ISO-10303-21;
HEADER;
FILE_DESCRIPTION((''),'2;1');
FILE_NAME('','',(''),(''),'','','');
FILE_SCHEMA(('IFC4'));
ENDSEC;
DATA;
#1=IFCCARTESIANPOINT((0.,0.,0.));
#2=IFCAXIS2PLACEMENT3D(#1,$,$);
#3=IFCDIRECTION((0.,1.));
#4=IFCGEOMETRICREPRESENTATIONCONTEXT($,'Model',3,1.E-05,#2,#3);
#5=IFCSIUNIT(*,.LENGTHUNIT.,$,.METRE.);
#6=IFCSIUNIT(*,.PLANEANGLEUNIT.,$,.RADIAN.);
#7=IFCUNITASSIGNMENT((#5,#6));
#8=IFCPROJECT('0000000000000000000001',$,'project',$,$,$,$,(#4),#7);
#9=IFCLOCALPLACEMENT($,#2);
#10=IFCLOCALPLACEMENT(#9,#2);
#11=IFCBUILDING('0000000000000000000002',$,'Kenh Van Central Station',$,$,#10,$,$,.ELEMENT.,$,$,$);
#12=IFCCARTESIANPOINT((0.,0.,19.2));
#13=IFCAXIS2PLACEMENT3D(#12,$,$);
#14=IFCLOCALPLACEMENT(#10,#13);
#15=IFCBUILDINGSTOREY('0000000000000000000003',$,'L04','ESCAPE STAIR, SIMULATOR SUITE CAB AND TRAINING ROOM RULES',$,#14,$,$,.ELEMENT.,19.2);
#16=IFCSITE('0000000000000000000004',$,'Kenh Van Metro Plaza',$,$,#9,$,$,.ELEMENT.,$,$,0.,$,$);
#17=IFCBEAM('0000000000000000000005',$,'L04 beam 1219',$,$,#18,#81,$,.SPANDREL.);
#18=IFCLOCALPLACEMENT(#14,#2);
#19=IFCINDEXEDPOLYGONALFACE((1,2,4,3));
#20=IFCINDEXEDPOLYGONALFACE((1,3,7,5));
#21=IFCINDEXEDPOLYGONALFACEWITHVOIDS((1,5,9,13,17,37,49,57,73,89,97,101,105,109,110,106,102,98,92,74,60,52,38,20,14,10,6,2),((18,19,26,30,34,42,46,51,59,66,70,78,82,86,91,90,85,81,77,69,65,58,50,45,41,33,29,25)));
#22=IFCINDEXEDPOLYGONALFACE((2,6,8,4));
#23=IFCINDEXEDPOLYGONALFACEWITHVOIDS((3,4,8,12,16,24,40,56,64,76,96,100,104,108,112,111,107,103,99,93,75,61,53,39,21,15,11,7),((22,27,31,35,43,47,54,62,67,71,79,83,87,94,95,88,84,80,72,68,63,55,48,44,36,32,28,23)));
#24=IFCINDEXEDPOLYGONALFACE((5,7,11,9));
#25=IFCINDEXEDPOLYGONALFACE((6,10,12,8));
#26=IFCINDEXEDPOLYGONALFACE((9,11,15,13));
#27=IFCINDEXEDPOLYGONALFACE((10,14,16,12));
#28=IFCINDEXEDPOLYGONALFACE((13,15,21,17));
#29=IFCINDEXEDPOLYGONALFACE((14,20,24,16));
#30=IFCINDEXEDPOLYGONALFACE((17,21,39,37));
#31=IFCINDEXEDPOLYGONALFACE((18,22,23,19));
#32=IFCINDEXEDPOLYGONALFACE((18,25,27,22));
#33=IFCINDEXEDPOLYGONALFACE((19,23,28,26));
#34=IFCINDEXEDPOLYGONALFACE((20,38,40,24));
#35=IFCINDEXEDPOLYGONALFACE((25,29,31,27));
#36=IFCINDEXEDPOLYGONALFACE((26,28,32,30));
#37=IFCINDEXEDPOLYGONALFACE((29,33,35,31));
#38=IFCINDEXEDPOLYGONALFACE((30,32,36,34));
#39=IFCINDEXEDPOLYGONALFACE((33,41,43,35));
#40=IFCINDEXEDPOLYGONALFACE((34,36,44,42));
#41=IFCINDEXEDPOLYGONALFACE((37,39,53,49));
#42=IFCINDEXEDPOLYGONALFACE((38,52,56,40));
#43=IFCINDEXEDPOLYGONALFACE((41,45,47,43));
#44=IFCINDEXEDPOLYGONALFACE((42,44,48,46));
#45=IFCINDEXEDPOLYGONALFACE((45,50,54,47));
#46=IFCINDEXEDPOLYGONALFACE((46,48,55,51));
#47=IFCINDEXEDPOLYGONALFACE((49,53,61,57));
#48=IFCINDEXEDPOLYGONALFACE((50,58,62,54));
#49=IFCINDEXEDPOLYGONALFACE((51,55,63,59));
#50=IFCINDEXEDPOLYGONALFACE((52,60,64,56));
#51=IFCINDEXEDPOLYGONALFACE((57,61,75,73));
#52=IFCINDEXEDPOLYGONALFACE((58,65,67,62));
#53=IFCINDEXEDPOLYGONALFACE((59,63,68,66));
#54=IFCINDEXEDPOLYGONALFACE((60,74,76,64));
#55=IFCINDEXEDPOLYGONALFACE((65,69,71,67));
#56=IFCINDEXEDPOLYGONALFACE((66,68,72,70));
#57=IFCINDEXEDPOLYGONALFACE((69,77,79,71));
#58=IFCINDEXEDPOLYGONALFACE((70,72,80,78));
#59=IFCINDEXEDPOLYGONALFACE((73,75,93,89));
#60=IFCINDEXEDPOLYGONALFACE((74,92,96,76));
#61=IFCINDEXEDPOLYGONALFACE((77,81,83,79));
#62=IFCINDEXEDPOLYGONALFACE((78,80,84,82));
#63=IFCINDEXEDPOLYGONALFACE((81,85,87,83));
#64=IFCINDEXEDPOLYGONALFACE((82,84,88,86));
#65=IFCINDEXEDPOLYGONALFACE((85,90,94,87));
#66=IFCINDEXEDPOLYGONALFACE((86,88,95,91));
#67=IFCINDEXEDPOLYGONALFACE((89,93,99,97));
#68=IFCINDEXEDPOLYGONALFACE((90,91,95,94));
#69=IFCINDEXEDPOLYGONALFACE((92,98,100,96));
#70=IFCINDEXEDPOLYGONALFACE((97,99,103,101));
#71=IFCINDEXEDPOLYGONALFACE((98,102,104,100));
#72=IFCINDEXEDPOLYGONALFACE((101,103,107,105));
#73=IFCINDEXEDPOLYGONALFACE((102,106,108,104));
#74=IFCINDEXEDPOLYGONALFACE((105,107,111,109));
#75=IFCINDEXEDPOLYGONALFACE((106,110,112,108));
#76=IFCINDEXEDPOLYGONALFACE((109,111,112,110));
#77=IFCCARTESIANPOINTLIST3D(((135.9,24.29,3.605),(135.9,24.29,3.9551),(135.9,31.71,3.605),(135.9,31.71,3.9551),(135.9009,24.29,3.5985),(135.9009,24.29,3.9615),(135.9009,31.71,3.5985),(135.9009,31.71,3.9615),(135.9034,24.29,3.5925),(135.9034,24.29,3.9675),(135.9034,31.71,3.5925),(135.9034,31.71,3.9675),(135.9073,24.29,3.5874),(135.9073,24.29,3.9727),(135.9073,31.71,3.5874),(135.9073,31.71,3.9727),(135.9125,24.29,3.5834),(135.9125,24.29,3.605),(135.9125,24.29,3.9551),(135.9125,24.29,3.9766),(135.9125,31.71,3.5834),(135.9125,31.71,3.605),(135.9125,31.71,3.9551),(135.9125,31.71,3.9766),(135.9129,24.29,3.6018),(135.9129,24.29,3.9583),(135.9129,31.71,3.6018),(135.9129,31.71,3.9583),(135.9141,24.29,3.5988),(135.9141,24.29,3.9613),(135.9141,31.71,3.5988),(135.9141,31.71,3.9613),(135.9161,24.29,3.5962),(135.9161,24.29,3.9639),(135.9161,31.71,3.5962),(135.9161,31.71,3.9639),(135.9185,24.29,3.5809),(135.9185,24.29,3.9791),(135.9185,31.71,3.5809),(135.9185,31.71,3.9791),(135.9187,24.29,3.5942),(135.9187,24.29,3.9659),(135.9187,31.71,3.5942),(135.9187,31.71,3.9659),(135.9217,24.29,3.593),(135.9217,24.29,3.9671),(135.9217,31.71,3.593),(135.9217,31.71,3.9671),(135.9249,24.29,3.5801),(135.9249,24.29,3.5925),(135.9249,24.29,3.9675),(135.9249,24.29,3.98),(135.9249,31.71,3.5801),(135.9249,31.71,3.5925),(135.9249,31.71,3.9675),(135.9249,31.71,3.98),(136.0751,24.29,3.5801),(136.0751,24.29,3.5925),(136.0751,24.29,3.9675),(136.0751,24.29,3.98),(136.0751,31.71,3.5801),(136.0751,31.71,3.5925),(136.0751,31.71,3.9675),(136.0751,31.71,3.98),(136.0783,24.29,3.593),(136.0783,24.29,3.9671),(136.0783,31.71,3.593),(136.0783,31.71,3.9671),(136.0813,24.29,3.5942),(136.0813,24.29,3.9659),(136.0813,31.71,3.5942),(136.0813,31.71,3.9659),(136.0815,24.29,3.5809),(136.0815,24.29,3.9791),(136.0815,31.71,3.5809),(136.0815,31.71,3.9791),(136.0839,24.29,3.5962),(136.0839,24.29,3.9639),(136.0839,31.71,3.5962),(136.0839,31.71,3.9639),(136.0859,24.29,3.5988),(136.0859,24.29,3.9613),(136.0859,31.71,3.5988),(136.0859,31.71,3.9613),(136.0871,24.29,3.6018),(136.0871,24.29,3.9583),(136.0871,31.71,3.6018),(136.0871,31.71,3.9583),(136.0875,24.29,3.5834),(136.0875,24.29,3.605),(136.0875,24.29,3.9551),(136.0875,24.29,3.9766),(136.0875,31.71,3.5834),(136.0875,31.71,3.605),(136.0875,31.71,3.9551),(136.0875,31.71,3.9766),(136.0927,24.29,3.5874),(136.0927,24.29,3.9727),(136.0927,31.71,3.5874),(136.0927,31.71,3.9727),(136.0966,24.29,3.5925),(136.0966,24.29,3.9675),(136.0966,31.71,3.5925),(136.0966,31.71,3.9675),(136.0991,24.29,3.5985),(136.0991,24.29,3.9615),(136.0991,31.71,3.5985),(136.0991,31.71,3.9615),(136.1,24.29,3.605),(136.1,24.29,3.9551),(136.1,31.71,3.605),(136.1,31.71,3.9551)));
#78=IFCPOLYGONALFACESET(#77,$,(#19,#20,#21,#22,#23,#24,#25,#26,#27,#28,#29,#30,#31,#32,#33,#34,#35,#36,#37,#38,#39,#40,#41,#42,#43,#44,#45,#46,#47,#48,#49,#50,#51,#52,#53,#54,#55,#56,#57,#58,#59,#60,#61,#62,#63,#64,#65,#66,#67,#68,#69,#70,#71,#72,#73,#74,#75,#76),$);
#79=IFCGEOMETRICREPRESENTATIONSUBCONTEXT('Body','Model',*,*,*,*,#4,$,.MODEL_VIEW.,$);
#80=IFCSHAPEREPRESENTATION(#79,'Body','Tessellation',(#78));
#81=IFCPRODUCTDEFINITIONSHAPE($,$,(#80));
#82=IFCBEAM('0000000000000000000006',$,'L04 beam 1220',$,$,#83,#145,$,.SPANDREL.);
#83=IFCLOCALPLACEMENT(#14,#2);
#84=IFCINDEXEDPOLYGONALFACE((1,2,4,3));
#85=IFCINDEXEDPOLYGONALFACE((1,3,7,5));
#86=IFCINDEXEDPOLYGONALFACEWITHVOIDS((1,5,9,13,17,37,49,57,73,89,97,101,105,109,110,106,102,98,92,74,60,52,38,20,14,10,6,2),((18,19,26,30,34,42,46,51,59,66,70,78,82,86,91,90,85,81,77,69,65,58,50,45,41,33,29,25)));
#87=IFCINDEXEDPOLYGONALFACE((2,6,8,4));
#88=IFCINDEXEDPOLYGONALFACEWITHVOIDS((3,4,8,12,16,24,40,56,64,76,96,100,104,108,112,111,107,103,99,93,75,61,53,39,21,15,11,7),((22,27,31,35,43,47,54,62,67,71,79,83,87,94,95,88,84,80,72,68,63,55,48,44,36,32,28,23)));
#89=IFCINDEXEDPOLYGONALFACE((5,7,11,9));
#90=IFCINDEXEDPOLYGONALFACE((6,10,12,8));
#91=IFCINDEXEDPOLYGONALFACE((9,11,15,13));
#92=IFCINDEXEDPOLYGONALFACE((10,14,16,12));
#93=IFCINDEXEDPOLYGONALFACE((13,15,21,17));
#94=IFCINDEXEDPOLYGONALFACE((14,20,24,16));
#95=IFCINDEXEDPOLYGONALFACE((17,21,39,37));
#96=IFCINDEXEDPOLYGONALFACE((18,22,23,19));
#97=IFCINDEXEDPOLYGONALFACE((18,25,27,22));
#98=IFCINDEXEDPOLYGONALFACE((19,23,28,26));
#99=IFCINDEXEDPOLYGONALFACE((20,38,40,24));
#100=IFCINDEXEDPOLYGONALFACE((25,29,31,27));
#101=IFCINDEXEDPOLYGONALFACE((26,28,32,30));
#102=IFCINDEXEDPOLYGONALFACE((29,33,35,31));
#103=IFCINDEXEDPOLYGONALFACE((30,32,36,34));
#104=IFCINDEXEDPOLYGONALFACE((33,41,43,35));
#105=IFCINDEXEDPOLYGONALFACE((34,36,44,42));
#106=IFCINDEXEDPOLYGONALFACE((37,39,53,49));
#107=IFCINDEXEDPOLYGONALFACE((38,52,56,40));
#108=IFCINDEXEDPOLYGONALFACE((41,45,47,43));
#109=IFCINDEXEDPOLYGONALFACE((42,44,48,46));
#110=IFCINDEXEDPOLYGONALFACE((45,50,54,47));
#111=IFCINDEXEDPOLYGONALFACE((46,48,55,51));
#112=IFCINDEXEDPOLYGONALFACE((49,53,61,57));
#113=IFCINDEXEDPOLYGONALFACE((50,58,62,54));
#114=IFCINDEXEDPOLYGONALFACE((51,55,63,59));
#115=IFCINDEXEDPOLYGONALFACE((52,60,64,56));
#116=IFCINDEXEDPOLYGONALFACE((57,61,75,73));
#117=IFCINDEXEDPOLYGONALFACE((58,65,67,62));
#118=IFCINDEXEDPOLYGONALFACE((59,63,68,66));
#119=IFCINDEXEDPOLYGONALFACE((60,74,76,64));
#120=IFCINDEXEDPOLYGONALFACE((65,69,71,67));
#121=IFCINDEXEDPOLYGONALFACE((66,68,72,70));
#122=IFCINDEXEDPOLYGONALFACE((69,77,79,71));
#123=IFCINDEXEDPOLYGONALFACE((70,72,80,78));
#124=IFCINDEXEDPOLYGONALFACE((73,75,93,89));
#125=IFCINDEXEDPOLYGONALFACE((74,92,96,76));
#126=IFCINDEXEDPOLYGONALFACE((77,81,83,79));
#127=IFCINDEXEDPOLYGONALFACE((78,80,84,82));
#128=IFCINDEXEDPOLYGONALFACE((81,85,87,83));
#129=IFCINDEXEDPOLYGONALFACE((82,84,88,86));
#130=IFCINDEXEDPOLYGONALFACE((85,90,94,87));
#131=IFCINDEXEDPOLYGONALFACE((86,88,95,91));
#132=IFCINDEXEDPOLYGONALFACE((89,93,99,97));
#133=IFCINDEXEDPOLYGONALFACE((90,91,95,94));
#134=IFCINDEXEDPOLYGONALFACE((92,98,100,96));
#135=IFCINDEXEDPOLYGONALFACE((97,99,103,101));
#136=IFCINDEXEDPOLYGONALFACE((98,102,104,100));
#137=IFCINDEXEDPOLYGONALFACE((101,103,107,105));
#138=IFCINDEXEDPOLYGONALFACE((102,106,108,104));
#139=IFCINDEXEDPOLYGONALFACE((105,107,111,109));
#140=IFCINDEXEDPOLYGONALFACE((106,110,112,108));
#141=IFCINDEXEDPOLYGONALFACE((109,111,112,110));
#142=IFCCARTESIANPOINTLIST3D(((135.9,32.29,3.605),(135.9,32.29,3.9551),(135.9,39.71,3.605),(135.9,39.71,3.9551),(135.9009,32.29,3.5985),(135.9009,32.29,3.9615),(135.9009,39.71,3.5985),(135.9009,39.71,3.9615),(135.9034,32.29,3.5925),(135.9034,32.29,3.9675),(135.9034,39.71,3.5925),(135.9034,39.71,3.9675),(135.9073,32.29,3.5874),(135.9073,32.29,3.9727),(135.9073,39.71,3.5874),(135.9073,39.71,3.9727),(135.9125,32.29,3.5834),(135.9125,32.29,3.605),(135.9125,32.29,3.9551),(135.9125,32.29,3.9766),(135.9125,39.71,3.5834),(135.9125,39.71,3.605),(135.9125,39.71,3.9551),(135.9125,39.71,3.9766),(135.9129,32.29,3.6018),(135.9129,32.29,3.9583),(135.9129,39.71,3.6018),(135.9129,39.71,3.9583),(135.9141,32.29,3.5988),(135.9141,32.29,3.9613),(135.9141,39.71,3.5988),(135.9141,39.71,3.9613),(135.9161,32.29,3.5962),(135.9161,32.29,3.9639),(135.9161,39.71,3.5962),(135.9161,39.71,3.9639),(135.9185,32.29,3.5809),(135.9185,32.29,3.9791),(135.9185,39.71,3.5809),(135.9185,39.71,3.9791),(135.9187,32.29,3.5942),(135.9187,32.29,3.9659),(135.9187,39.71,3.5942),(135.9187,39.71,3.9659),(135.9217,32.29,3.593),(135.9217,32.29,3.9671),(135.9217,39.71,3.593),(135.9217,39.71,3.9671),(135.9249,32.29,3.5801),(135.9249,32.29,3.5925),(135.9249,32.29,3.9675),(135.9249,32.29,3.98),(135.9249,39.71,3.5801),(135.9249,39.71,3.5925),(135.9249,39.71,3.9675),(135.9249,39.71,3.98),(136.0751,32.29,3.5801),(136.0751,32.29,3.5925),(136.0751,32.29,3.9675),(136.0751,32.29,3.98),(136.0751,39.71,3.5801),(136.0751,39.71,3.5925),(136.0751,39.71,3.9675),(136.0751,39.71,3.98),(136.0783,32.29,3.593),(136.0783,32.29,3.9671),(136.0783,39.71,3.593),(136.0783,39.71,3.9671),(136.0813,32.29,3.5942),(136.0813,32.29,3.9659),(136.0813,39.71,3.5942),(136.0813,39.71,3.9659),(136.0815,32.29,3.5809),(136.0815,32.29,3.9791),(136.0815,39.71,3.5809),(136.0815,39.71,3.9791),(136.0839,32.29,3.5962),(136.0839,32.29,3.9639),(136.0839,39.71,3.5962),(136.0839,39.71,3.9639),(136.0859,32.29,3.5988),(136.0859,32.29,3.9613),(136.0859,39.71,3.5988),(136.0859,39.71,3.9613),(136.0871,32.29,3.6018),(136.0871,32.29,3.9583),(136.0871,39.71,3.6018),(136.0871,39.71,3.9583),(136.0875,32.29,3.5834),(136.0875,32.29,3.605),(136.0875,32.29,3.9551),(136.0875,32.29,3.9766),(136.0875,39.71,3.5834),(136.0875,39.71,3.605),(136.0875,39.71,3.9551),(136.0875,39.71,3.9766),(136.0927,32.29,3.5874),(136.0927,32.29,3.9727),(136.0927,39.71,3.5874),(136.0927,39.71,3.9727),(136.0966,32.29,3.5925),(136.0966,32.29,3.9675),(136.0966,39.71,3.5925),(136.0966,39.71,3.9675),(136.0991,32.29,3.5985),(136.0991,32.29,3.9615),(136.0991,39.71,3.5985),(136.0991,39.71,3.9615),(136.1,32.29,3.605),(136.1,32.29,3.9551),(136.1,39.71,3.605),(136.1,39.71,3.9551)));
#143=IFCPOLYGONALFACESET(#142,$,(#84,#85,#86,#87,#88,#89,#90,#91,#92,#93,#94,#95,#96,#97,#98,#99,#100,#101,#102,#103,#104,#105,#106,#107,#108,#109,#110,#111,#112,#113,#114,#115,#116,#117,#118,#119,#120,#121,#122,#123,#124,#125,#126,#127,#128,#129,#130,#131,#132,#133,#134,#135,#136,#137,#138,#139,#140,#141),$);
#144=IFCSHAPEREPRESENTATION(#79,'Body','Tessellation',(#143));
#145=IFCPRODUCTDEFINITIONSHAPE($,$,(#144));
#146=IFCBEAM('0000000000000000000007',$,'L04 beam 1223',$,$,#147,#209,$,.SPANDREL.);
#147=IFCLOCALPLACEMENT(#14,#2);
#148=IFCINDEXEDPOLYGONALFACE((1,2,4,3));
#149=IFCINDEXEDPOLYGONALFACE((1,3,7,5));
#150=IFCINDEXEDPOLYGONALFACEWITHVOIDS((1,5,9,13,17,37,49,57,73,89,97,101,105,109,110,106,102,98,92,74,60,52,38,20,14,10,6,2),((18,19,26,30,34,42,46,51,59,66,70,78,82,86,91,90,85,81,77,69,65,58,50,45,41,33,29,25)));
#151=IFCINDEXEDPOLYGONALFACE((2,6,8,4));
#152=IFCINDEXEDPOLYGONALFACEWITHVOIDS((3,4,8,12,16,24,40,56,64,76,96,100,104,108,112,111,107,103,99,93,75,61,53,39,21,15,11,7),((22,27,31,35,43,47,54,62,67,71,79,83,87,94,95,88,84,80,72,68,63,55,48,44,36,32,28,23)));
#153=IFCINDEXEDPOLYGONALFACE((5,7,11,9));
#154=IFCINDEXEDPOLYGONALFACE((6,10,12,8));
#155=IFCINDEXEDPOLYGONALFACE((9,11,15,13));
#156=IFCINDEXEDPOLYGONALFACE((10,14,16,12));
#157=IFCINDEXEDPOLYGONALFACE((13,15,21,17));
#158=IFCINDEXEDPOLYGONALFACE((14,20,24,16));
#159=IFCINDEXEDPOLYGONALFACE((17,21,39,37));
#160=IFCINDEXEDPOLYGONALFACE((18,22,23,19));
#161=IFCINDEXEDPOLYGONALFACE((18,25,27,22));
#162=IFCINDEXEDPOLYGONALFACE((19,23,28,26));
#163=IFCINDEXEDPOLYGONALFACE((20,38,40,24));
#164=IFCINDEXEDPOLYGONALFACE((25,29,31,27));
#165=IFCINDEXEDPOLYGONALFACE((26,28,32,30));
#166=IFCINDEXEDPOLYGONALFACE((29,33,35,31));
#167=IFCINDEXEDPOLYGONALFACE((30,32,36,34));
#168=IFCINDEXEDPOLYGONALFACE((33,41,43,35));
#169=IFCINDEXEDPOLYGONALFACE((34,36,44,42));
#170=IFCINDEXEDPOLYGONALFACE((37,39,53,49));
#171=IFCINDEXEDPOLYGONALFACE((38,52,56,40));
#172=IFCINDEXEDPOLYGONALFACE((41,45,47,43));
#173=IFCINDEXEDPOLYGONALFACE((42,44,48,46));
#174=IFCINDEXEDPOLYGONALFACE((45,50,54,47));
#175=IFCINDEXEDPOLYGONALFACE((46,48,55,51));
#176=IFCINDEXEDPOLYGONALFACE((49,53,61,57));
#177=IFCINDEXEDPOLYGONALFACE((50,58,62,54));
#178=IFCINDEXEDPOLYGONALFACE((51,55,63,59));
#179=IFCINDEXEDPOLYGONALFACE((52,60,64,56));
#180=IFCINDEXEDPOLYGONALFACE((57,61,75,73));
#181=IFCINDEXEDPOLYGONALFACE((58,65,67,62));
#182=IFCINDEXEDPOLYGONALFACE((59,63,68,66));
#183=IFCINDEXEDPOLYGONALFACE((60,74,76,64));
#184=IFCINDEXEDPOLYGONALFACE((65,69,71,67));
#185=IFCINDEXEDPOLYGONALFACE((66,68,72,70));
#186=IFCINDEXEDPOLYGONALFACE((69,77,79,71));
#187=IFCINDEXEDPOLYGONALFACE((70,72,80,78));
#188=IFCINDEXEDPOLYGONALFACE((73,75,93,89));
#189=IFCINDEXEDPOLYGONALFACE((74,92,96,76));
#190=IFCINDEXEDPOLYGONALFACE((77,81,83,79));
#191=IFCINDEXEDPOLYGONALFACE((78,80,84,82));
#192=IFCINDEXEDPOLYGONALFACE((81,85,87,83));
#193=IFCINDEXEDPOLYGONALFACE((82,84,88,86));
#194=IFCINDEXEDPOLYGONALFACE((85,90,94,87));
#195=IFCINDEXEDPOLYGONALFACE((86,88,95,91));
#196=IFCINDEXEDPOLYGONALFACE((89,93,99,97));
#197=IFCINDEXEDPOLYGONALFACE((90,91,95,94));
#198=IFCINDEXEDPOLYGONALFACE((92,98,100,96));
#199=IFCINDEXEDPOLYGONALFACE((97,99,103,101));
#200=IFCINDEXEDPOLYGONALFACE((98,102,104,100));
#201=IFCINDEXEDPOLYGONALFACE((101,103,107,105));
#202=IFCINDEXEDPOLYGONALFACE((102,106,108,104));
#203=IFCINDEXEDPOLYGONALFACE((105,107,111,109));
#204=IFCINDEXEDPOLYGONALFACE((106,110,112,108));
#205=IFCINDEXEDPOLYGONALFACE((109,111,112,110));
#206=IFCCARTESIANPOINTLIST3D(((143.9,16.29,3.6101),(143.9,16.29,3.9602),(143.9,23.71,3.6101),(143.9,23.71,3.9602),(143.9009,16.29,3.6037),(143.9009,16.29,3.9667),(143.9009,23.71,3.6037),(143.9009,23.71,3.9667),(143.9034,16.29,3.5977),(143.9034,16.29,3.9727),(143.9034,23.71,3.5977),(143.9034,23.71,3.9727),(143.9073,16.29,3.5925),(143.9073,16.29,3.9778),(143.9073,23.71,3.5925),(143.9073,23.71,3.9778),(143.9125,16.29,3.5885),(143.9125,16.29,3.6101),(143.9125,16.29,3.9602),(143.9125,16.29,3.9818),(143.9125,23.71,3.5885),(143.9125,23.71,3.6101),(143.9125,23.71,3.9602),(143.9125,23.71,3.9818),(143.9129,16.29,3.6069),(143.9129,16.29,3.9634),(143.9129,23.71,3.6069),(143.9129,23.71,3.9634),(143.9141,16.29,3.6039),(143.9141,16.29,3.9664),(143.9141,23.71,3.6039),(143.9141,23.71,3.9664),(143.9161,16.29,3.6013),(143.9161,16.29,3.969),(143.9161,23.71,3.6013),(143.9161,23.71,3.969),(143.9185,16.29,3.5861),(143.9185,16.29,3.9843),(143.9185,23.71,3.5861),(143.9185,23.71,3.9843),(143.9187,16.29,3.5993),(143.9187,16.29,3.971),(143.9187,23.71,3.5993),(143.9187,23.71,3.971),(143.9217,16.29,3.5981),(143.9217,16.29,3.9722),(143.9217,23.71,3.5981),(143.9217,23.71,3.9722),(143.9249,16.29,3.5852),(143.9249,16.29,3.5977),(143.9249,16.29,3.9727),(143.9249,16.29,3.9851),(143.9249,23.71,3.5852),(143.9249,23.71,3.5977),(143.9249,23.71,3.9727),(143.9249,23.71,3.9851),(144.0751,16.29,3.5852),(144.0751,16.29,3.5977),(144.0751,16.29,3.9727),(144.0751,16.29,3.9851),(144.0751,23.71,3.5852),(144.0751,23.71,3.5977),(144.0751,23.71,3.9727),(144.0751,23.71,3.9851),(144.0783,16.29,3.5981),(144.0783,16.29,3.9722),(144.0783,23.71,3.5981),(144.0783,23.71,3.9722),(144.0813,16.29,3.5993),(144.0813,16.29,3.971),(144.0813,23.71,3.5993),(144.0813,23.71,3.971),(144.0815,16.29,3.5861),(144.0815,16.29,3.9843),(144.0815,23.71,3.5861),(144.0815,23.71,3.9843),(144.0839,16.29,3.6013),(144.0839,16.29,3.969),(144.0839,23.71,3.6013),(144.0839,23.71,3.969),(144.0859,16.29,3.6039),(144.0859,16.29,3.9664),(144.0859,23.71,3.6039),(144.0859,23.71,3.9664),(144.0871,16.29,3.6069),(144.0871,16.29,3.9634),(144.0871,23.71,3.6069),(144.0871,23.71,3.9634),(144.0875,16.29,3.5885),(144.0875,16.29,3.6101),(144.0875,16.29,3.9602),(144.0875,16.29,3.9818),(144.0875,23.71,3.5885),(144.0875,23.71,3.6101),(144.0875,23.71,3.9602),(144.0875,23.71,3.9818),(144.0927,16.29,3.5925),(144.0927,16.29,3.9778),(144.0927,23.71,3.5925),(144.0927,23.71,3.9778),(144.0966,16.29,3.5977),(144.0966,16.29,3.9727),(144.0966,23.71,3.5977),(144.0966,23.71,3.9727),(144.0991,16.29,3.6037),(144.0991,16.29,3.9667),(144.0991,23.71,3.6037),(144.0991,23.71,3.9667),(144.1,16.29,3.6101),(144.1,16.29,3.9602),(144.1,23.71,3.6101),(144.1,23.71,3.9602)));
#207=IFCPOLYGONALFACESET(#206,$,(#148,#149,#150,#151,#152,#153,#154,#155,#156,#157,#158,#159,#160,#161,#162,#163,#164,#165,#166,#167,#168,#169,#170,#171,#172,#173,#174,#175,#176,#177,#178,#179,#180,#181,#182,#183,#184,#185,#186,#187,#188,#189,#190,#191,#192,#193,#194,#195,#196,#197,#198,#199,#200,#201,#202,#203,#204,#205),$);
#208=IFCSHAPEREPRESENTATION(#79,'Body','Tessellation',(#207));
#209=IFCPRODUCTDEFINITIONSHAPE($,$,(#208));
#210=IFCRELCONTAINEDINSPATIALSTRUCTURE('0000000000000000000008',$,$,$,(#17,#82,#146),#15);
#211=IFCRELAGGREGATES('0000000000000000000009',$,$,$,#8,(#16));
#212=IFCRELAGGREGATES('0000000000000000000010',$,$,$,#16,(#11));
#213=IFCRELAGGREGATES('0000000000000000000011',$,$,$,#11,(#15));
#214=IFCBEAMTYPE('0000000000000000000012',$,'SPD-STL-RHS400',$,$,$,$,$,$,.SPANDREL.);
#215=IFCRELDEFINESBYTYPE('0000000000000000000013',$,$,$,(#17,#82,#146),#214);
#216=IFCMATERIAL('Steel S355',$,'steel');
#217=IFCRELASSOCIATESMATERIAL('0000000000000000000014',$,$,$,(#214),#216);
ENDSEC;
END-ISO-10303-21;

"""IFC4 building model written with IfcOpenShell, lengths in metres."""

from ifc_helpers import new_model, si_unit, direction, frame, origin, origin_2d, place, context, subcontext, project, spatial, hollow_rectangle, extrude, material, material_profile, profile_set, type_object, element, save


model = new_model("IFC4")

# Units and contexts
model_context = context("Model", 3, precision=1e-05, world=origin(), true_north=direction((0.0, 1.0)))
body_context = subcontext(model_context, "Body", "Model", "MODEL_VIEW")
ifc_project = project(units=[si_unit("LENGTHUNIT", "METRE"), si_unit("PLANEANGLEUNIT", "RADIAN")], contexts=[model_context])

# Site, building, storey
site_placement = place(None, origin())
site = spatial("IfcSite", under=ifc_project, at=site_placement, Name="Kenh Van Metro Plaza", CompositionType="ELEMENT", RefElevation=0.0)
building_placement = place(site_placement, origin())
building = spatial("IfcBuilding", under=site, at=building_placement, Name="Kenh Van Central Station", CompositionType="ELEMENT")
storey_placement = place(building_placement, frame((0.0, 0.0, 19.2)))
storey = spatial("IfcBuildingStorey", under=building, at=storey_placement, Name="L04", Description="ESCAPE STAIR, SIMULATOR SUITE CAB AND TRAINING ROOM RULES", CompositionType="ELEMENT", Elevation=19.2)

# Shared definitions
ifc_material_1 = material(Name="Steel S355", Category="steel")

# Beams
ifc_material_profile_1 = material_profile(ifc_material_1, hollow_rectangle(XDim=0.2, YDim=0.3999, WallThickness=0.0125, InnerFilletRadius=0.0125, OuterFilletRadius=0.0249, at=origin_2d()), Name="RHS 400x200x12.5")
ifc_profile_set_1 = profile_set([ifc_material_profile_1], Name="Steel S355")
beam_type_1 = type_object("IfcBeamType", Name="SPD-STL-RHS400", PredefinedType="SPANDREL", material=ifc_profile_set_1)
for number, where, z_axis, x_axis, name in (
    (1, (136.0, 24.29, 3.78), (0.0, 1.0, 0.0), (-1.0, 0.0, 0.0), "L04 beam 1219"),
    (2, (136.0, 32.29, 3.78), (0.0, 1.0, 0.0), (-1.0, 0.0, 0.0), "L04 beam 1220"),
    (3, (144.0, 16.29, 3.7852), (0.0, 1.0, 0.0), (-1.0, 0.0, 0.0), "L04 beam 1223"),
):
    element("IfcBeam", number, at=place(storey_placement, frame(where, z_axis=z_axis, x_axis=x_axis)), inside=storey, type_object=beam_type_1, Name=name, PredefinedType="SPANDREL", context=body_context, shape_type="SweptSolid", body=[
        extrude(hollow_rectangle(XDim=0.2, YDim=0.3999, WallThickness=0.0125, InnerFilletRadius=0.0125, OuterFilletRadius=0.0249, at=origin_2d()), origin(), (0.0, 0.0, 1.0), 7.4199),
    ])

save(model, "model.ifc")
